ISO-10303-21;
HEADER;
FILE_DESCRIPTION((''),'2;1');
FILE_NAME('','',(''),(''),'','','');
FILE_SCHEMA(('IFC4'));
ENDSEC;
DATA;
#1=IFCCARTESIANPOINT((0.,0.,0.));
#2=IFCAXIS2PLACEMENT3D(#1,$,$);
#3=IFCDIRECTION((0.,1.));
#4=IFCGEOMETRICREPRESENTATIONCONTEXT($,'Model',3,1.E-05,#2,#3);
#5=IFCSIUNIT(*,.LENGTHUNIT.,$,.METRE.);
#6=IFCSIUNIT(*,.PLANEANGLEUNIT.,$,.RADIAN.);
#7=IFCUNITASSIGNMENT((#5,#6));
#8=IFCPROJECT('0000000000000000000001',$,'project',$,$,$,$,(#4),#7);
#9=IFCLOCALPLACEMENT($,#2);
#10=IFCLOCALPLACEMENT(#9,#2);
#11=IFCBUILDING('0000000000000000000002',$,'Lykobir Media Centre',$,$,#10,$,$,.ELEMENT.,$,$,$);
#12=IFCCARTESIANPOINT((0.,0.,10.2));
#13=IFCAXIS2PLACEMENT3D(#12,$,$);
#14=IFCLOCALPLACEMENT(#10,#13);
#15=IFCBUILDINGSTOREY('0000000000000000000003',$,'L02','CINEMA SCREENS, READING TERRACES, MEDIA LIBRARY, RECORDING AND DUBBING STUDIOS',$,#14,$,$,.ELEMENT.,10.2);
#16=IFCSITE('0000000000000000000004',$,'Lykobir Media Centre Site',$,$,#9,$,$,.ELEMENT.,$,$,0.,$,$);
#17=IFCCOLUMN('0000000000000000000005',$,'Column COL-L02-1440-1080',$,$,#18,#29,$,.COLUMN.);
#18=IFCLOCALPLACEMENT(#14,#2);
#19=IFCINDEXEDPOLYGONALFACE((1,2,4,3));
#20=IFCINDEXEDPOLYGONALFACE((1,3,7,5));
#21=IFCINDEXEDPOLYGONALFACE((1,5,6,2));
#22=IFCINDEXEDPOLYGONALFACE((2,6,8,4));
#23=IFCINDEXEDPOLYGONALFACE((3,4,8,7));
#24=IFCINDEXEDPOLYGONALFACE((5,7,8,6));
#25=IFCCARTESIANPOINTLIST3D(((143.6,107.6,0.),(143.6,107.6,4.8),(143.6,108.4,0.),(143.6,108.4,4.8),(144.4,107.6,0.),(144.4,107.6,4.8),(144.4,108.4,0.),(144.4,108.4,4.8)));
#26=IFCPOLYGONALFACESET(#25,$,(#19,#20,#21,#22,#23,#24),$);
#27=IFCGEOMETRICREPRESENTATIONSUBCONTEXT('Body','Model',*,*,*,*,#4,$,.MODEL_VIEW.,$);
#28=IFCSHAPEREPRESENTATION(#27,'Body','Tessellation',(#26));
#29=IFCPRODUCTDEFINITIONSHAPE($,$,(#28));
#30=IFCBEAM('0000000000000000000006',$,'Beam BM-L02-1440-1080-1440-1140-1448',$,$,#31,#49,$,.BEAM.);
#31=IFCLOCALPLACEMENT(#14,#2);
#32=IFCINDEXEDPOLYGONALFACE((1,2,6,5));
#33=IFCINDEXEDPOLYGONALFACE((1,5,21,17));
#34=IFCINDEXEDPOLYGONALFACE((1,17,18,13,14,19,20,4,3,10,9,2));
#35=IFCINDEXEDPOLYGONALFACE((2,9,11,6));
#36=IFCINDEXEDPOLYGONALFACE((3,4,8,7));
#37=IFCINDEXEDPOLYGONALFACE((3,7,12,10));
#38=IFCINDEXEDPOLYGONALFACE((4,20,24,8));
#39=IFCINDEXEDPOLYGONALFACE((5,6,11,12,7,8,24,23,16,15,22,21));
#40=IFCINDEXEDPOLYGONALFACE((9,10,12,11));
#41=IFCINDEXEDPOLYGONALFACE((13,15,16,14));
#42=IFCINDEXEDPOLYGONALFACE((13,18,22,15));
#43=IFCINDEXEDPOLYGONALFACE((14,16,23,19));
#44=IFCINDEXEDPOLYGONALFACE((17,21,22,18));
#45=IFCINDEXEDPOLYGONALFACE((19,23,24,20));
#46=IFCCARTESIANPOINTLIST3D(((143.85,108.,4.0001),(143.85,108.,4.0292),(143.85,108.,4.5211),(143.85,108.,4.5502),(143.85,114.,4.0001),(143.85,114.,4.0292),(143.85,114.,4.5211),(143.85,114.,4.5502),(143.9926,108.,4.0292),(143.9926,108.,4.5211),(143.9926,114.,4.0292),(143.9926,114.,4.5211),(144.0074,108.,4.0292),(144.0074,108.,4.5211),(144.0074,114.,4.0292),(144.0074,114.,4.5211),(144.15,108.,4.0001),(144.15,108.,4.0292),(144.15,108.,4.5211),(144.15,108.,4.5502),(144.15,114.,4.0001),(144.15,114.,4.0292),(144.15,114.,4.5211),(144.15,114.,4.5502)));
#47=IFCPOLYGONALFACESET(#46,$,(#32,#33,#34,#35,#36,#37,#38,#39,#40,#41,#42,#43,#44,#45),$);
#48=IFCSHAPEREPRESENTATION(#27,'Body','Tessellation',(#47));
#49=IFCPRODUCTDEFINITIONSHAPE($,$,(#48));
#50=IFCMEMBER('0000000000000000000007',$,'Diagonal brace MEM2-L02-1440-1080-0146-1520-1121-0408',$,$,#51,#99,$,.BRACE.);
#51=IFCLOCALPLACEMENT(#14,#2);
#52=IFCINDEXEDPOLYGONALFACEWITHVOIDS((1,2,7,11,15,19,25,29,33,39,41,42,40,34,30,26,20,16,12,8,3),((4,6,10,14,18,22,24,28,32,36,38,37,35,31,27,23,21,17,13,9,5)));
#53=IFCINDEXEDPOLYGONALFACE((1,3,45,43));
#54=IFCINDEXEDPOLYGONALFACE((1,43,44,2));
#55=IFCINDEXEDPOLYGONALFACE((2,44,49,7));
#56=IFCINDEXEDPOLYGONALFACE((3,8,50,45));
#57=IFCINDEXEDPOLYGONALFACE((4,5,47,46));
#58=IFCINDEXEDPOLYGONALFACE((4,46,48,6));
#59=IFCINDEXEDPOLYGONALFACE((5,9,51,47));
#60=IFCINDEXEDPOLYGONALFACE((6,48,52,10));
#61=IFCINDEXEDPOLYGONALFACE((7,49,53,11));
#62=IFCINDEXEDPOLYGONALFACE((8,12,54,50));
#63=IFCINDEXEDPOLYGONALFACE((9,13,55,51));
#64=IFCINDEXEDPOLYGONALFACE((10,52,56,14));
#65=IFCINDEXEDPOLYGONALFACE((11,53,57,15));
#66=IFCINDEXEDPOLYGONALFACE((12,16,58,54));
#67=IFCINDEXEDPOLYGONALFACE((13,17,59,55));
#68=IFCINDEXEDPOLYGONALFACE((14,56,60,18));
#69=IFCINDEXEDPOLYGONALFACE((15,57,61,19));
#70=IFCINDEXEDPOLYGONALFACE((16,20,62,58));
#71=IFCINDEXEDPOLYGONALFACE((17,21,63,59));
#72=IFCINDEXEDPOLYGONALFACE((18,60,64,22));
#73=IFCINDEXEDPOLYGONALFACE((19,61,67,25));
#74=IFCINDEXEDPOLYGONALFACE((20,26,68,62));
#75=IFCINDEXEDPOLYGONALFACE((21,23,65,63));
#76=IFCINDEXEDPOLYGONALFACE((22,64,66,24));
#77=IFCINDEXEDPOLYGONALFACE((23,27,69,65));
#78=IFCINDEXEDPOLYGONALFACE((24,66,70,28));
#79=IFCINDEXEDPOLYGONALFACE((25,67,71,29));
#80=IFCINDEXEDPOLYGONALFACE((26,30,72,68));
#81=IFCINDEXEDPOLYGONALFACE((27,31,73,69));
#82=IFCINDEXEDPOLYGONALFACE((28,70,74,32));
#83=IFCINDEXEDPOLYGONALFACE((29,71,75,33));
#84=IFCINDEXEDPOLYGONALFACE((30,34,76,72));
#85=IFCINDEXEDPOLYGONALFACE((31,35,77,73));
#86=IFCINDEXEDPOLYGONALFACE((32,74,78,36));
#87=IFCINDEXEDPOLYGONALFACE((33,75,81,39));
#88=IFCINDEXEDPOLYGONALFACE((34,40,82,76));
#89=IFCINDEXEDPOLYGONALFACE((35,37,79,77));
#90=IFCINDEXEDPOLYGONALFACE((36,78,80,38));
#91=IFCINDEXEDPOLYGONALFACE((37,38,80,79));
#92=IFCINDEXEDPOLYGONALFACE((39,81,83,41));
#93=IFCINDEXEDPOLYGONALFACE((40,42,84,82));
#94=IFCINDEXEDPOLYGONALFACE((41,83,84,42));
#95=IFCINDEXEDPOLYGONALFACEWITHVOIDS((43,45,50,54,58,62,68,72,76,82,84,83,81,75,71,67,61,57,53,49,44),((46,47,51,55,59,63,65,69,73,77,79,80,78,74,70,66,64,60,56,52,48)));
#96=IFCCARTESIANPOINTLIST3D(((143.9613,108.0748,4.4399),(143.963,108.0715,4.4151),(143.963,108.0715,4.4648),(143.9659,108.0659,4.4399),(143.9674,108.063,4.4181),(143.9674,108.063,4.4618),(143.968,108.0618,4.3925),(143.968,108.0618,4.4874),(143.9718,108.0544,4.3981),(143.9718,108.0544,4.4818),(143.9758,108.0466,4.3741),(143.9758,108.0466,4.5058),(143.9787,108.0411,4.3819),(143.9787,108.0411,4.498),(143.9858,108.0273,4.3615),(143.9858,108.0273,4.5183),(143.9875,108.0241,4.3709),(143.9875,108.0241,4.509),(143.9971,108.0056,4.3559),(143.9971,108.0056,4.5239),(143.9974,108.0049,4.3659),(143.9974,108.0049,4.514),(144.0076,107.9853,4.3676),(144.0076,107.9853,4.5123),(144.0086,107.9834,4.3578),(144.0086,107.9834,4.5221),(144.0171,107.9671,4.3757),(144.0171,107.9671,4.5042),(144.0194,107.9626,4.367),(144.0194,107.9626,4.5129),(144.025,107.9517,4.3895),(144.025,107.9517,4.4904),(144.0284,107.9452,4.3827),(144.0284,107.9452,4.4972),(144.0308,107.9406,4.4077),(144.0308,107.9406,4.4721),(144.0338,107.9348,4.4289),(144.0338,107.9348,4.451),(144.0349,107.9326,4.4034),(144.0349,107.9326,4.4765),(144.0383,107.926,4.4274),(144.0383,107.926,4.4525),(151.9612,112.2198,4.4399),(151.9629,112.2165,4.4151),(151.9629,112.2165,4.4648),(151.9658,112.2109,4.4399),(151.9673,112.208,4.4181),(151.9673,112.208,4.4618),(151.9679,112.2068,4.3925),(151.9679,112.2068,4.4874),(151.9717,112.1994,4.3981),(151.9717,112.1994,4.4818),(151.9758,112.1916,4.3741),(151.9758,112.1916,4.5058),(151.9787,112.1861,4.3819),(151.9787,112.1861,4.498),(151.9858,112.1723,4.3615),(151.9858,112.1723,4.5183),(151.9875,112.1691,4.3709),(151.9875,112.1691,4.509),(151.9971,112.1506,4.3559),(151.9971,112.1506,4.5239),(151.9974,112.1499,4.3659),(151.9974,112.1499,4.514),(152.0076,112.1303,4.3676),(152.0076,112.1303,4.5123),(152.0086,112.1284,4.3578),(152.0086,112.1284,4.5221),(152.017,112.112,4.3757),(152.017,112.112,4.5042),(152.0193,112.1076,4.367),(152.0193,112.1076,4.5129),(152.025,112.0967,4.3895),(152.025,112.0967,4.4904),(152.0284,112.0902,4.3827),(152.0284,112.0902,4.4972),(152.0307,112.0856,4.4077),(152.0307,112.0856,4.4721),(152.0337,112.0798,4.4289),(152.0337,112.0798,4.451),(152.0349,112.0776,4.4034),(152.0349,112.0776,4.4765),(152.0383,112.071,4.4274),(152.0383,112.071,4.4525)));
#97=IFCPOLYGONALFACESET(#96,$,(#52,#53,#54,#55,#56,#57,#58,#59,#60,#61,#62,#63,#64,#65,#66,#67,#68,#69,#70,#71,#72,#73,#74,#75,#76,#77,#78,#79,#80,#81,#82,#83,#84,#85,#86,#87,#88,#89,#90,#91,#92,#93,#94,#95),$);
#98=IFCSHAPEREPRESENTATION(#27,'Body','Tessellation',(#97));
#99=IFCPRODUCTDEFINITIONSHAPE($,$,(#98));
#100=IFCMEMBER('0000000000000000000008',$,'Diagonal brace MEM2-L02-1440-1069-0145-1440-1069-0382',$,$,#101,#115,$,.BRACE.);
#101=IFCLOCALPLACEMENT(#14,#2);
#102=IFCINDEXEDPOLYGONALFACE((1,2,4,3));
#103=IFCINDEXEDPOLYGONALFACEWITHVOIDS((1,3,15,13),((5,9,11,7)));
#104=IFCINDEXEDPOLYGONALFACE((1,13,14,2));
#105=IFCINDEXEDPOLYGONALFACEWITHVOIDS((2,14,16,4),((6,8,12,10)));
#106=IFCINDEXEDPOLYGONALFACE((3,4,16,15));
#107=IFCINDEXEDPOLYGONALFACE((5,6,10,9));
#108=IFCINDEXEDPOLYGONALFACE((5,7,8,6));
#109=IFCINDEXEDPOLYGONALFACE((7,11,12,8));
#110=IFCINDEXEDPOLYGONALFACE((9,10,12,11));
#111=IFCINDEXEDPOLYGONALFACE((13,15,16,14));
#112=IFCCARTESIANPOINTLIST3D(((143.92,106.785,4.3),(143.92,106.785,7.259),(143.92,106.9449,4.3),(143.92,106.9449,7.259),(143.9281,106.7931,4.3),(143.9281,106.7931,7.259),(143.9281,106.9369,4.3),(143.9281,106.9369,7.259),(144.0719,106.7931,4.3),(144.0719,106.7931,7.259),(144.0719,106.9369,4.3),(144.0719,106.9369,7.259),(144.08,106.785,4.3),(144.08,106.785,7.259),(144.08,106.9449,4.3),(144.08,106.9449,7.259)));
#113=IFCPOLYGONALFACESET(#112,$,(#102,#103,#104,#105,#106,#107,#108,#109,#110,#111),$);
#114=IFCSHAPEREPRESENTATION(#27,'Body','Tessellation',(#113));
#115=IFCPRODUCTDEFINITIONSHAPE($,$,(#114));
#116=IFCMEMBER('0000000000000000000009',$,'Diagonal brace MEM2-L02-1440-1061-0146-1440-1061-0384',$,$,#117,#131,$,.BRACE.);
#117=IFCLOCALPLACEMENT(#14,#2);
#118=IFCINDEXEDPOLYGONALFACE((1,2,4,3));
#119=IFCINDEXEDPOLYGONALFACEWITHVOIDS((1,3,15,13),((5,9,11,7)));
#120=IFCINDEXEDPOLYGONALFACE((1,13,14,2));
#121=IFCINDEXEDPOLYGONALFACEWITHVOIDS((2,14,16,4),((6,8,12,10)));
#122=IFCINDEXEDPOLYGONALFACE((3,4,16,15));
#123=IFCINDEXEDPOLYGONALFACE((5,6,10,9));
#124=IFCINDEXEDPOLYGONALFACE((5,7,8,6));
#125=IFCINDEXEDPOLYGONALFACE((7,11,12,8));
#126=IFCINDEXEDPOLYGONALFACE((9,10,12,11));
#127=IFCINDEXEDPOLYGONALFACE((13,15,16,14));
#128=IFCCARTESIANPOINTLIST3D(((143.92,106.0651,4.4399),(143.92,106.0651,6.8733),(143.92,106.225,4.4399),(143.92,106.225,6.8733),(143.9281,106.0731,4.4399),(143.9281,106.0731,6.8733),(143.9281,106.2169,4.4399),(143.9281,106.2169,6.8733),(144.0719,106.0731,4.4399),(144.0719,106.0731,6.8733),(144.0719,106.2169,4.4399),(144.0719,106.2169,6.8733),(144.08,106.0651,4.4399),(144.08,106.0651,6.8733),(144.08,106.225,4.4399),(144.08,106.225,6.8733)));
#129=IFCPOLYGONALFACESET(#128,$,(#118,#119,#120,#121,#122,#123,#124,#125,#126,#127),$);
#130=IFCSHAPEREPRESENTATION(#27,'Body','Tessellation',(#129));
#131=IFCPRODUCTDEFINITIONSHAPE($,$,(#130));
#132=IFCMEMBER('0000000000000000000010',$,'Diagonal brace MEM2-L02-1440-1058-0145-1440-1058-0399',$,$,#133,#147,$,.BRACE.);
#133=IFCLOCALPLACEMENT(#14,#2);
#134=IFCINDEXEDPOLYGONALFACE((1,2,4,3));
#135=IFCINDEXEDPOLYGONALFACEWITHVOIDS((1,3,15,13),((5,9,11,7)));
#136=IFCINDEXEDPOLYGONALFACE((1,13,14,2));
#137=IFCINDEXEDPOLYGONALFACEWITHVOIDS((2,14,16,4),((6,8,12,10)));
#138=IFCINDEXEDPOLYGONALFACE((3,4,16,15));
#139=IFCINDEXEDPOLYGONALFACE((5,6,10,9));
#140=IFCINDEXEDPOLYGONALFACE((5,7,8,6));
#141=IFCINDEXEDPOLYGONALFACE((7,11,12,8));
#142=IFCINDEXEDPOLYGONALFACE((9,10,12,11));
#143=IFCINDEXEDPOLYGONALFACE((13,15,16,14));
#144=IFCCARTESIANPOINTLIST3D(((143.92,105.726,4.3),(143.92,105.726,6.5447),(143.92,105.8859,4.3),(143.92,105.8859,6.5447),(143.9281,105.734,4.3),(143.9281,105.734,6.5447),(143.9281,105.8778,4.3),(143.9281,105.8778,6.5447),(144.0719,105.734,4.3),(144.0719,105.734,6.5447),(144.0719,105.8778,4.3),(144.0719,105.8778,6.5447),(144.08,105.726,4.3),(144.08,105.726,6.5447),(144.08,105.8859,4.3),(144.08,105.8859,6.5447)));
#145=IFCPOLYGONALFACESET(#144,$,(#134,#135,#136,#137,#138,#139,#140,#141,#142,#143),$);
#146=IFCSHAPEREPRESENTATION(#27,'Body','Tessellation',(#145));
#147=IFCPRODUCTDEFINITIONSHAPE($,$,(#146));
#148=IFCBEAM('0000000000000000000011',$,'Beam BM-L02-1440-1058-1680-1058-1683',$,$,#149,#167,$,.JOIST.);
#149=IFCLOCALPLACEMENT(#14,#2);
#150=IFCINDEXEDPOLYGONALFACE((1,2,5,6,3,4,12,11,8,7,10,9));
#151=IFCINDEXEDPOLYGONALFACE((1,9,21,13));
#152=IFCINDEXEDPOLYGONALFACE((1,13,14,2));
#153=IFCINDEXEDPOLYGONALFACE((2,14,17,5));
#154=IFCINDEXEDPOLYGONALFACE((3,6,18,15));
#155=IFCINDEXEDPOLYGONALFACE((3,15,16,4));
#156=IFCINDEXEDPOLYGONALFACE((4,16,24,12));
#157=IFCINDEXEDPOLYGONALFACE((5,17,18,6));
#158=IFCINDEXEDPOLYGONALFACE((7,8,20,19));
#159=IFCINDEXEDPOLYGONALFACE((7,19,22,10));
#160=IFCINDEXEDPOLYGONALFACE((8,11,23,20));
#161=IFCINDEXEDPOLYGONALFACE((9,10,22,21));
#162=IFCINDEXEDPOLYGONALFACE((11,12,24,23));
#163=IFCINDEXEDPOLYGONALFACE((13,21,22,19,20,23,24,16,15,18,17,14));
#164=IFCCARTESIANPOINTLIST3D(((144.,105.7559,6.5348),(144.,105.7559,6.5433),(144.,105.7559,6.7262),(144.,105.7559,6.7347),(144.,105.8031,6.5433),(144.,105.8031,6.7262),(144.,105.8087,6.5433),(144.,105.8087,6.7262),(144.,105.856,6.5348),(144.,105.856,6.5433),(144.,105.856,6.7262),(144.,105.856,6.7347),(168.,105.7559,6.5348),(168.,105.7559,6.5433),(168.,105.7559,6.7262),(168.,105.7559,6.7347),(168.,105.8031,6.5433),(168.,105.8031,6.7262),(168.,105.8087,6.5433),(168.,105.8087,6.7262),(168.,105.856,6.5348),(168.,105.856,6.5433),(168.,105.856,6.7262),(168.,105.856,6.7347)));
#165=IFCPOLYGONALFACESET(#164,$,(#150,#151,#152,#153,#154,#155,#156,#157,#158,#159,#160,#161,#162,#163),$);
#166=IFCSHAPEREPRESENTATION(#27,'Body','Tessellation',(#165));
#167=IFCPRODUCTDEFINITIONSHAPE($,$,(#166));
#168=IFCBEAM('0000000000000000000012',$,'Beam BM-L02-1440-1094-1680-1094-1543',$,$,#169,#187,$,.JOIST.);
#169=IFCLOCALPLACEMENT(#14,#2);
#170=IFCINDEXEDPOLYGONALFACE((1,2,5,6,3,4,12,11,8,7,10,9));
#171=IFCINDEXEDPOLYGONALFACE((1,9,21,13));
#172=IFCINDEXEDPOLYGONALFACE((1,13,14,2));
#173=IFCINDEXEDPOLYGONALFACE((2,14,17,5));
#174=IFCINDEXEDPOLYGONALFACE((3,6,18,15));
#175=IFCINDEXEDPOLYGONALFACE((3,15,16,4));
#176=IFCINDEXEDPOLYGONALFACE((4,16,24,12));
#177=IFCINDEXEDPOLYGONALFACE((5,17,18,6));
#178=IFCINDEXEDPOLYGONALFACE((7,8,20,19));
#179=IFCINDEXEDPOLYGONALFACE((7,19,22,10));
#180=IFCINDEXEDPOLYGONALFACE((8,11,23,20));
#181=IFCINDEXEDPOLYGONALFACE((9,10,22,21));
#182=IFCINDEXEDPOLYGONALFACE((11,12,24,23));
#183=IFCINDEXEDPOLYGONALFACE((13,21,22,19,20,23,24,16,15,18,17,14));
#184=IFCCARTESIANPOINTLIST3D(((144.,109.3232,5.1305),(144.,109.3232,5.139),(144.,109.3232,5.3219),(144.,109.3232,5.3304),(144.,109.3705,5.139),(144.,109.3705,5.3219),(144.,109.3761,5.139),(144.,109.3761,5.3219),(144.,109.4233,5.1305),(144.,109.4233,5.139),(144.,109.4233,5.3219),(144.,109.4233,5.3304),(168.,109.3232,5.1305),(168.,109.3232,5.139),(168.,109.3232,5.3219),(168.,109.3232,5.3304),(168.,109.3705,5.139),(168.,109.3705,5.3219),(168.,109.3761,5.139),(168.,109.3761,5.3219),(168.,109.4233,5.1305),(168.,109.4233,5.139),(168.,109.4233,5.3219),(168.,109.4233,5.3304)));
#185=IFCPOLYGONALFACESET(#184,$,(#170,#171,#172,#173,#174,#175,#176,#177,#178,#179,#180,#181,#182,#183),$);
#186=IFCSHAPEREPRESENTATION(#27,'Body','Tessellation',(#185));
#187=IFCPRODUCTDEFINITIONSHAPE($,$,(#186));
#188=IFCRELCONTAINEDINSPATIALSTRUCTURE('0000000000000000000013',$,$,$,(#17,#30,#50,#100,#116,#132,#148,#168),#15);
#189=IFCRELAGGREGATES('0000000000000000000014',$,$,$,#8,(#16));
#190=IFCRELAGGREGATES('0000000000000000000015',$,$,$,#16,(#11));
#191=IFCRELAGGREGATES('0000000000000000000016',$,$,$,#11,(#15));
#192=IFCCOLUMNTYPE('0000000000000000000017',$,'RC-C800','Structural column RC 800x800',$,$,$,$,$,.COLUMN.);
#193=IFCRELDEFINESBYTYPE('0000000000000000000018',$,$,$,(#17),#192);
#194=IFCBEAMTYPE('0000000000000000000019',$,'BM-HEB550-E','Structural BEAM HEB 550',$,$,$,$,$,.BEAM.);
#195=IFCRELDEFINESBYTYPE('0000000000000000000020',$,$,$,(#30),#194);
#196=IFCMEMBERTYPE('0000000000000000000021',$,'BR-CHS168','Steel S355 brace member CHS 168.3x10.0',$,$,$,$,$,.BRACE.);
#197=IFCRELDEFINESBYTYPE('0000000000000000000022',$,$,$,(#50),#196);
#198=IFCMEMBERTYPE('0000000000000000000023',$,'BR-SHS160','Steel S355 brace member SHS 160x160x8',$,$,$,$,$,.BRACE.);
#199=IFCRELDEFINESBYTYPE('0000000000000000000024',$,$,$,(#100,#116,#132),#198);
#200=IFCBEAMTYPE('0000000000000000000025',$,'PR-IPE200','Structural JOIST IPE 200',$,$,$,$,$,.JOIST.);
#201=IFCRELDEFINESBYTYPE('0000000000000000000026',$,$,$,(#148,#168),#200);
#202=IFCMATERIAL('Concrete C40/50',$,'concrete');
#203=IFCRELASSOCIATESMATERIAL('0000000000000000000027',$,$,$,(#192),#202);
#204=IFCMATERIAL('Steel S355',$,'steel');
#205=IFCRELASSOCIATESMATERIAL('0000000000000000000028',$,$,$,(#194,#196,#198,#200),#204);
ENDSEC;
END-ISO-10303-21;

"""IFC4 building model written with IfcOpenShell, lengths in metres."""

from ifc_helpers import new_model, si_unit, direction, frame, origin, origin_2d, place, context, subcontext, project, spatial, rectangle, hollow_rectangle, hollow_circle, i_section, extrude, material, material_profile, profile_set, type_object, element, save


model = new_model("IFC4")

# Units and contexts
model_context = context("Model", 3, precision=1e-05, world=origin(), true_north=direction((0.0, 1.0)))
body_context = subcontext(model_context, "Body", "Model", "MODEL_VIEW")
ifc_project = project(units=[si_unit("LENGTHUNIT", "METRE"), si_unit("PLANEANGLEUNIT", "RADIAN")], contexts=[model_context])

# Site, building, storey
site_placement = place(None, origin())
site = spatial("IfcSite", under=ifc_project, at=site_placement, Name="Lykobir Media Centre Site", CompositionType="ELEMENT", RefElevation=0.0)
building_placement = place(site_placement, origin())
building = spatial("IfcBuilding", under=site, at=building_placement, Name="Lykobir Media Centre", CompositionType="ELEMENT")
storey_placement = place(building_placement, frame((0.0, 0.0, 10.2)))
storey = spatial("IfcBuildingStorey", under=building, at=storey_placement, Name="L02", Description="CINEMA SCREENS, READING TERRACES, MEDIA LIBRARY, RECORDING AND DUBBING STUDIOS", CompositionType="ELEMENT", Elevation=10.2)

# Column
ifc_material_1 = material(Name="Concrete C40/50", Category="concrete")
ifc_material_profile_1 = material_profile(ifc_material_1, rectangle(XDim=0.8, YDim=0.8, at=origin_2d()), Name="RC 800x800")
ifc_profile_set_1 = profile_set([ifc_material_profile_1], Name="Concrete C40/50")
column_type = type_object("IfcColumnType", Name="RC-C800", Description="Structural column RC 800x800", PredefinedType="COLUMN", material=ifc_profile_set_1)
column_placement = place(storey_placement, frame((144.0, 108.0, 0.0), z_axis=(0.0, 0.0, 1.0), x_axis=(1.0, 0.0, 0.0)))
element("IfcColumn", 1, at=column_placement, inside=storey, type_object=column_type, Name="Column COL-L02-1440-1080", PredefinedType="COLUMN", context=body_context, shape_type="SweptSolid", body=[
    extrude(rectangle(XDim=0.8, YDim=0.8, at=origin_2d()), origin(), (0.0, 0.0, 1.0), 4.8),
])

# Beam
ifc_material_2 = material(Name="Steel S355", Category="steel")
ifc_material_profile_2 = material_profile(ifc_material_2, i_section(OverallWidth=0.3, OverallDepth=0.55, WebThickness=0.0149, FlangeThickness=0.0291, at=origin_2d()), Name="HEB 550")
ifc_profile_set_2 = profile_set([ifc_material_profile_2], Name="Steel S355")
beam_type_1 = type_object("IfcBeamType", Name="BM-HEB550-E", Description="Structural BEAM HEB 550", PredefinedType="BEAM", material=ifc_profile_set_2)
beam_placement = place(storey_placement, frame((144.0, 108.0, 4.2751), z_axis=(0.0, 1.0, 0.0), x_axis=(-1.0, 0.0, 0.0)))
element("IfcBeam", 2, at=beam_placement, inside=storey, type_object=beam_type_1, Name="Beam BM-L02-1440-1080-1440-1140-1448", PredefinedType="BEAM", context=body_context, shape_type="SweptSolid", body=[
    extrude(i_section(OverallWidth=0.3, OverallDepth=0.55, WebThickness=0.0149, FlangeThickness=0.0291, at=origin_2d()), origin(), (0.0, 0.0, 1.0), 6.0),
])

# Members
ifc_material_profile_3 = material_profile(ifc_material_2, hollow_circle(Radius=0.0842, WallThickness=0.01, at=origin_2d()), Name="CHS 168.3x10.0")
ifc_profile_set_3 = profile_set([ifc_material_profile_3], Name="Steel S355")
member_type_1 = type_object("IfcMemberType", Name="BR-CHS168", Description="Steel S355 brace member CHS 168.3x10.0", PredefinedType="BRACE", material=ifc_profile_set_3)
member_1_placement = place(storey_placement, frame((144.0, 108.0, 4.4399), z_axis=(0.887896, 0.460043, 0.0), x_axis=(-0.460043, 0.887896, 0.0)))
element("IfcMember", 3, at=member_1_placement, inside=storey, type_object=member_type_1, Name="Diagonal brace MEM2-L02-1440-1080-0146-1520-1121-0408", PredefinedType="BRACE", context=body_context, shape_type="SweptSolid", body=[
    extrude(hollow_circle(Radius=0.0842, WallThickness=0.01, at=origin_2d()), origin(), (0.0, 0.0, 1.0), 9.01),
])
ifc_material_profile_4 = material_profile(ifc_material_2, hollow_rectangle(XDim=0.1599, YDim=0.1599, WallThickness=0.0081, at=origin_2d()), Name="SHS 160x160x8")
ifc_profile_set_4 = profile_set([ifc_material_profile_4], Name="Steel S355")
member_type_2 = type_object("IfcMemberType", Name="BR-SHS160", Description="Steel S355 brace member SHS 160x160x8", PredefinedType="BRACE", material=ifc_profile_set_4)
member_2_placement = place(storey_placement, frame((144.0, 106.865, 4.3), z_axis=(0.0, 0.0, 1.0), x_axis=(1.0, 0.0, 0.0)))
element("IfcMember", 4, at=member_2_placement, inside=storey, type_object=member_type_2, Name="Diagonal brace MEM2-L02-1440-1069-0145-1440-1069-0382", PredefinedType="BRACE", context=body_context, shape_type="SweptSolid", body=[
    extrude(hollow_rectangle(XDim=0.1599, YDim=0.1599, WallThickness=0.0081, at=origin_2d()), origin(), (0.0, 0.0, 1.0), 2.959),
])
member_3_placement = place(storey_placement, frame((144.0, 106.145, 4.4399), z_axis=(0.0, 0.0, 1.0), x_axis=(1.0, 0.0, 0.0)))
element("IfcMember", 5, at=member_3_placement, inside=storey, type_object=member_type_2, Name="Diagonal brace MEM2-L02-1440-1061-0146-1440-1061-0384", PredefinedType="BRACE", context=body_context, shape_type="SweptSolid", body=[
    extrude(hollow_rectangle(XDim=0.1599, YDim=0.1599, WallThickness=0.0081, at=origin_2d()), origin(), (0.0, 0.0, 1.0), 2.4333),
])
member_4_placement = place(storey_placement, frame((144.0, 105.8059, 4.3), z_axis=(0.0, 0.0, 1.0), x_axis=(1.0, 0.0, 0.0)))
element("IfcMember", 6, at=member_4_placement, inside=storey, type_object=member_type_2, Name="Diagonal brace MEM2-L02-1440-1058-0145-1440-1058-0399", PredefinedType="BRACE", context=body_context, shape_type="SweptSolid", body=[
    extrude(hollow_rectangle(XDim=0.1599, YDim=0.1599, WallThickness=0.0081, at=origin_2d()), origin(), (0.0, 0.0, 1.0), 2.2446),
])

# Beams
ifc_material_profile_5 = material_profile(ifc_material_2, i_section(OverallWidth=0.1001, OverallDepth=0.2, WebThickness=0.0056, FlangeThickness=0.0085, at=origin_2d()), Name="IPE 200")
ifc_profile_set_5 = profile_set([ifc_material_profile_5], Name="Steel S355")
beam_type_2 = type_object("IfcBeamType", Name="PR-IPE200", Description="Structural JOIST IPE 200", PredefinedType="JOIST", material=ifc_profile_set_5)
for number, where, z_axis, x_axis, name in (
    (7, (144.0, 105.8059, 6.6348), (1.0, 0.0, 0.0), (0.0, 1.0, 0.0), "Beam BM-L02-1440-1058-1680-1058-1683"),
    (8, (144.0, 109.3733, 5.2305), (1.0, 0.0, 0.0), (0.0, 1.0, 0.0), "Beam BM-L02-1440-1094-1680-1094-1543"),
):
    element("IfcBeam", number, at=place(storey_placement, frame(where, z_axis=z_axis, x_axis=x_axis)), inside=storey, type_object=beam_type_2, Name=name, PredefinedType="JOIST", context=body_context, shape_type="SweptSolid", body=[
        extrude(i_section(OverallWidth=0.1001, OverallDepth=0.2, WebThickness=0.0056, FlangeThickness=0.0085, at=origin_2d()), origin(), (0.0, 0.0, 1.0), 24.0),
    ])

save(model, "model.ifc")
